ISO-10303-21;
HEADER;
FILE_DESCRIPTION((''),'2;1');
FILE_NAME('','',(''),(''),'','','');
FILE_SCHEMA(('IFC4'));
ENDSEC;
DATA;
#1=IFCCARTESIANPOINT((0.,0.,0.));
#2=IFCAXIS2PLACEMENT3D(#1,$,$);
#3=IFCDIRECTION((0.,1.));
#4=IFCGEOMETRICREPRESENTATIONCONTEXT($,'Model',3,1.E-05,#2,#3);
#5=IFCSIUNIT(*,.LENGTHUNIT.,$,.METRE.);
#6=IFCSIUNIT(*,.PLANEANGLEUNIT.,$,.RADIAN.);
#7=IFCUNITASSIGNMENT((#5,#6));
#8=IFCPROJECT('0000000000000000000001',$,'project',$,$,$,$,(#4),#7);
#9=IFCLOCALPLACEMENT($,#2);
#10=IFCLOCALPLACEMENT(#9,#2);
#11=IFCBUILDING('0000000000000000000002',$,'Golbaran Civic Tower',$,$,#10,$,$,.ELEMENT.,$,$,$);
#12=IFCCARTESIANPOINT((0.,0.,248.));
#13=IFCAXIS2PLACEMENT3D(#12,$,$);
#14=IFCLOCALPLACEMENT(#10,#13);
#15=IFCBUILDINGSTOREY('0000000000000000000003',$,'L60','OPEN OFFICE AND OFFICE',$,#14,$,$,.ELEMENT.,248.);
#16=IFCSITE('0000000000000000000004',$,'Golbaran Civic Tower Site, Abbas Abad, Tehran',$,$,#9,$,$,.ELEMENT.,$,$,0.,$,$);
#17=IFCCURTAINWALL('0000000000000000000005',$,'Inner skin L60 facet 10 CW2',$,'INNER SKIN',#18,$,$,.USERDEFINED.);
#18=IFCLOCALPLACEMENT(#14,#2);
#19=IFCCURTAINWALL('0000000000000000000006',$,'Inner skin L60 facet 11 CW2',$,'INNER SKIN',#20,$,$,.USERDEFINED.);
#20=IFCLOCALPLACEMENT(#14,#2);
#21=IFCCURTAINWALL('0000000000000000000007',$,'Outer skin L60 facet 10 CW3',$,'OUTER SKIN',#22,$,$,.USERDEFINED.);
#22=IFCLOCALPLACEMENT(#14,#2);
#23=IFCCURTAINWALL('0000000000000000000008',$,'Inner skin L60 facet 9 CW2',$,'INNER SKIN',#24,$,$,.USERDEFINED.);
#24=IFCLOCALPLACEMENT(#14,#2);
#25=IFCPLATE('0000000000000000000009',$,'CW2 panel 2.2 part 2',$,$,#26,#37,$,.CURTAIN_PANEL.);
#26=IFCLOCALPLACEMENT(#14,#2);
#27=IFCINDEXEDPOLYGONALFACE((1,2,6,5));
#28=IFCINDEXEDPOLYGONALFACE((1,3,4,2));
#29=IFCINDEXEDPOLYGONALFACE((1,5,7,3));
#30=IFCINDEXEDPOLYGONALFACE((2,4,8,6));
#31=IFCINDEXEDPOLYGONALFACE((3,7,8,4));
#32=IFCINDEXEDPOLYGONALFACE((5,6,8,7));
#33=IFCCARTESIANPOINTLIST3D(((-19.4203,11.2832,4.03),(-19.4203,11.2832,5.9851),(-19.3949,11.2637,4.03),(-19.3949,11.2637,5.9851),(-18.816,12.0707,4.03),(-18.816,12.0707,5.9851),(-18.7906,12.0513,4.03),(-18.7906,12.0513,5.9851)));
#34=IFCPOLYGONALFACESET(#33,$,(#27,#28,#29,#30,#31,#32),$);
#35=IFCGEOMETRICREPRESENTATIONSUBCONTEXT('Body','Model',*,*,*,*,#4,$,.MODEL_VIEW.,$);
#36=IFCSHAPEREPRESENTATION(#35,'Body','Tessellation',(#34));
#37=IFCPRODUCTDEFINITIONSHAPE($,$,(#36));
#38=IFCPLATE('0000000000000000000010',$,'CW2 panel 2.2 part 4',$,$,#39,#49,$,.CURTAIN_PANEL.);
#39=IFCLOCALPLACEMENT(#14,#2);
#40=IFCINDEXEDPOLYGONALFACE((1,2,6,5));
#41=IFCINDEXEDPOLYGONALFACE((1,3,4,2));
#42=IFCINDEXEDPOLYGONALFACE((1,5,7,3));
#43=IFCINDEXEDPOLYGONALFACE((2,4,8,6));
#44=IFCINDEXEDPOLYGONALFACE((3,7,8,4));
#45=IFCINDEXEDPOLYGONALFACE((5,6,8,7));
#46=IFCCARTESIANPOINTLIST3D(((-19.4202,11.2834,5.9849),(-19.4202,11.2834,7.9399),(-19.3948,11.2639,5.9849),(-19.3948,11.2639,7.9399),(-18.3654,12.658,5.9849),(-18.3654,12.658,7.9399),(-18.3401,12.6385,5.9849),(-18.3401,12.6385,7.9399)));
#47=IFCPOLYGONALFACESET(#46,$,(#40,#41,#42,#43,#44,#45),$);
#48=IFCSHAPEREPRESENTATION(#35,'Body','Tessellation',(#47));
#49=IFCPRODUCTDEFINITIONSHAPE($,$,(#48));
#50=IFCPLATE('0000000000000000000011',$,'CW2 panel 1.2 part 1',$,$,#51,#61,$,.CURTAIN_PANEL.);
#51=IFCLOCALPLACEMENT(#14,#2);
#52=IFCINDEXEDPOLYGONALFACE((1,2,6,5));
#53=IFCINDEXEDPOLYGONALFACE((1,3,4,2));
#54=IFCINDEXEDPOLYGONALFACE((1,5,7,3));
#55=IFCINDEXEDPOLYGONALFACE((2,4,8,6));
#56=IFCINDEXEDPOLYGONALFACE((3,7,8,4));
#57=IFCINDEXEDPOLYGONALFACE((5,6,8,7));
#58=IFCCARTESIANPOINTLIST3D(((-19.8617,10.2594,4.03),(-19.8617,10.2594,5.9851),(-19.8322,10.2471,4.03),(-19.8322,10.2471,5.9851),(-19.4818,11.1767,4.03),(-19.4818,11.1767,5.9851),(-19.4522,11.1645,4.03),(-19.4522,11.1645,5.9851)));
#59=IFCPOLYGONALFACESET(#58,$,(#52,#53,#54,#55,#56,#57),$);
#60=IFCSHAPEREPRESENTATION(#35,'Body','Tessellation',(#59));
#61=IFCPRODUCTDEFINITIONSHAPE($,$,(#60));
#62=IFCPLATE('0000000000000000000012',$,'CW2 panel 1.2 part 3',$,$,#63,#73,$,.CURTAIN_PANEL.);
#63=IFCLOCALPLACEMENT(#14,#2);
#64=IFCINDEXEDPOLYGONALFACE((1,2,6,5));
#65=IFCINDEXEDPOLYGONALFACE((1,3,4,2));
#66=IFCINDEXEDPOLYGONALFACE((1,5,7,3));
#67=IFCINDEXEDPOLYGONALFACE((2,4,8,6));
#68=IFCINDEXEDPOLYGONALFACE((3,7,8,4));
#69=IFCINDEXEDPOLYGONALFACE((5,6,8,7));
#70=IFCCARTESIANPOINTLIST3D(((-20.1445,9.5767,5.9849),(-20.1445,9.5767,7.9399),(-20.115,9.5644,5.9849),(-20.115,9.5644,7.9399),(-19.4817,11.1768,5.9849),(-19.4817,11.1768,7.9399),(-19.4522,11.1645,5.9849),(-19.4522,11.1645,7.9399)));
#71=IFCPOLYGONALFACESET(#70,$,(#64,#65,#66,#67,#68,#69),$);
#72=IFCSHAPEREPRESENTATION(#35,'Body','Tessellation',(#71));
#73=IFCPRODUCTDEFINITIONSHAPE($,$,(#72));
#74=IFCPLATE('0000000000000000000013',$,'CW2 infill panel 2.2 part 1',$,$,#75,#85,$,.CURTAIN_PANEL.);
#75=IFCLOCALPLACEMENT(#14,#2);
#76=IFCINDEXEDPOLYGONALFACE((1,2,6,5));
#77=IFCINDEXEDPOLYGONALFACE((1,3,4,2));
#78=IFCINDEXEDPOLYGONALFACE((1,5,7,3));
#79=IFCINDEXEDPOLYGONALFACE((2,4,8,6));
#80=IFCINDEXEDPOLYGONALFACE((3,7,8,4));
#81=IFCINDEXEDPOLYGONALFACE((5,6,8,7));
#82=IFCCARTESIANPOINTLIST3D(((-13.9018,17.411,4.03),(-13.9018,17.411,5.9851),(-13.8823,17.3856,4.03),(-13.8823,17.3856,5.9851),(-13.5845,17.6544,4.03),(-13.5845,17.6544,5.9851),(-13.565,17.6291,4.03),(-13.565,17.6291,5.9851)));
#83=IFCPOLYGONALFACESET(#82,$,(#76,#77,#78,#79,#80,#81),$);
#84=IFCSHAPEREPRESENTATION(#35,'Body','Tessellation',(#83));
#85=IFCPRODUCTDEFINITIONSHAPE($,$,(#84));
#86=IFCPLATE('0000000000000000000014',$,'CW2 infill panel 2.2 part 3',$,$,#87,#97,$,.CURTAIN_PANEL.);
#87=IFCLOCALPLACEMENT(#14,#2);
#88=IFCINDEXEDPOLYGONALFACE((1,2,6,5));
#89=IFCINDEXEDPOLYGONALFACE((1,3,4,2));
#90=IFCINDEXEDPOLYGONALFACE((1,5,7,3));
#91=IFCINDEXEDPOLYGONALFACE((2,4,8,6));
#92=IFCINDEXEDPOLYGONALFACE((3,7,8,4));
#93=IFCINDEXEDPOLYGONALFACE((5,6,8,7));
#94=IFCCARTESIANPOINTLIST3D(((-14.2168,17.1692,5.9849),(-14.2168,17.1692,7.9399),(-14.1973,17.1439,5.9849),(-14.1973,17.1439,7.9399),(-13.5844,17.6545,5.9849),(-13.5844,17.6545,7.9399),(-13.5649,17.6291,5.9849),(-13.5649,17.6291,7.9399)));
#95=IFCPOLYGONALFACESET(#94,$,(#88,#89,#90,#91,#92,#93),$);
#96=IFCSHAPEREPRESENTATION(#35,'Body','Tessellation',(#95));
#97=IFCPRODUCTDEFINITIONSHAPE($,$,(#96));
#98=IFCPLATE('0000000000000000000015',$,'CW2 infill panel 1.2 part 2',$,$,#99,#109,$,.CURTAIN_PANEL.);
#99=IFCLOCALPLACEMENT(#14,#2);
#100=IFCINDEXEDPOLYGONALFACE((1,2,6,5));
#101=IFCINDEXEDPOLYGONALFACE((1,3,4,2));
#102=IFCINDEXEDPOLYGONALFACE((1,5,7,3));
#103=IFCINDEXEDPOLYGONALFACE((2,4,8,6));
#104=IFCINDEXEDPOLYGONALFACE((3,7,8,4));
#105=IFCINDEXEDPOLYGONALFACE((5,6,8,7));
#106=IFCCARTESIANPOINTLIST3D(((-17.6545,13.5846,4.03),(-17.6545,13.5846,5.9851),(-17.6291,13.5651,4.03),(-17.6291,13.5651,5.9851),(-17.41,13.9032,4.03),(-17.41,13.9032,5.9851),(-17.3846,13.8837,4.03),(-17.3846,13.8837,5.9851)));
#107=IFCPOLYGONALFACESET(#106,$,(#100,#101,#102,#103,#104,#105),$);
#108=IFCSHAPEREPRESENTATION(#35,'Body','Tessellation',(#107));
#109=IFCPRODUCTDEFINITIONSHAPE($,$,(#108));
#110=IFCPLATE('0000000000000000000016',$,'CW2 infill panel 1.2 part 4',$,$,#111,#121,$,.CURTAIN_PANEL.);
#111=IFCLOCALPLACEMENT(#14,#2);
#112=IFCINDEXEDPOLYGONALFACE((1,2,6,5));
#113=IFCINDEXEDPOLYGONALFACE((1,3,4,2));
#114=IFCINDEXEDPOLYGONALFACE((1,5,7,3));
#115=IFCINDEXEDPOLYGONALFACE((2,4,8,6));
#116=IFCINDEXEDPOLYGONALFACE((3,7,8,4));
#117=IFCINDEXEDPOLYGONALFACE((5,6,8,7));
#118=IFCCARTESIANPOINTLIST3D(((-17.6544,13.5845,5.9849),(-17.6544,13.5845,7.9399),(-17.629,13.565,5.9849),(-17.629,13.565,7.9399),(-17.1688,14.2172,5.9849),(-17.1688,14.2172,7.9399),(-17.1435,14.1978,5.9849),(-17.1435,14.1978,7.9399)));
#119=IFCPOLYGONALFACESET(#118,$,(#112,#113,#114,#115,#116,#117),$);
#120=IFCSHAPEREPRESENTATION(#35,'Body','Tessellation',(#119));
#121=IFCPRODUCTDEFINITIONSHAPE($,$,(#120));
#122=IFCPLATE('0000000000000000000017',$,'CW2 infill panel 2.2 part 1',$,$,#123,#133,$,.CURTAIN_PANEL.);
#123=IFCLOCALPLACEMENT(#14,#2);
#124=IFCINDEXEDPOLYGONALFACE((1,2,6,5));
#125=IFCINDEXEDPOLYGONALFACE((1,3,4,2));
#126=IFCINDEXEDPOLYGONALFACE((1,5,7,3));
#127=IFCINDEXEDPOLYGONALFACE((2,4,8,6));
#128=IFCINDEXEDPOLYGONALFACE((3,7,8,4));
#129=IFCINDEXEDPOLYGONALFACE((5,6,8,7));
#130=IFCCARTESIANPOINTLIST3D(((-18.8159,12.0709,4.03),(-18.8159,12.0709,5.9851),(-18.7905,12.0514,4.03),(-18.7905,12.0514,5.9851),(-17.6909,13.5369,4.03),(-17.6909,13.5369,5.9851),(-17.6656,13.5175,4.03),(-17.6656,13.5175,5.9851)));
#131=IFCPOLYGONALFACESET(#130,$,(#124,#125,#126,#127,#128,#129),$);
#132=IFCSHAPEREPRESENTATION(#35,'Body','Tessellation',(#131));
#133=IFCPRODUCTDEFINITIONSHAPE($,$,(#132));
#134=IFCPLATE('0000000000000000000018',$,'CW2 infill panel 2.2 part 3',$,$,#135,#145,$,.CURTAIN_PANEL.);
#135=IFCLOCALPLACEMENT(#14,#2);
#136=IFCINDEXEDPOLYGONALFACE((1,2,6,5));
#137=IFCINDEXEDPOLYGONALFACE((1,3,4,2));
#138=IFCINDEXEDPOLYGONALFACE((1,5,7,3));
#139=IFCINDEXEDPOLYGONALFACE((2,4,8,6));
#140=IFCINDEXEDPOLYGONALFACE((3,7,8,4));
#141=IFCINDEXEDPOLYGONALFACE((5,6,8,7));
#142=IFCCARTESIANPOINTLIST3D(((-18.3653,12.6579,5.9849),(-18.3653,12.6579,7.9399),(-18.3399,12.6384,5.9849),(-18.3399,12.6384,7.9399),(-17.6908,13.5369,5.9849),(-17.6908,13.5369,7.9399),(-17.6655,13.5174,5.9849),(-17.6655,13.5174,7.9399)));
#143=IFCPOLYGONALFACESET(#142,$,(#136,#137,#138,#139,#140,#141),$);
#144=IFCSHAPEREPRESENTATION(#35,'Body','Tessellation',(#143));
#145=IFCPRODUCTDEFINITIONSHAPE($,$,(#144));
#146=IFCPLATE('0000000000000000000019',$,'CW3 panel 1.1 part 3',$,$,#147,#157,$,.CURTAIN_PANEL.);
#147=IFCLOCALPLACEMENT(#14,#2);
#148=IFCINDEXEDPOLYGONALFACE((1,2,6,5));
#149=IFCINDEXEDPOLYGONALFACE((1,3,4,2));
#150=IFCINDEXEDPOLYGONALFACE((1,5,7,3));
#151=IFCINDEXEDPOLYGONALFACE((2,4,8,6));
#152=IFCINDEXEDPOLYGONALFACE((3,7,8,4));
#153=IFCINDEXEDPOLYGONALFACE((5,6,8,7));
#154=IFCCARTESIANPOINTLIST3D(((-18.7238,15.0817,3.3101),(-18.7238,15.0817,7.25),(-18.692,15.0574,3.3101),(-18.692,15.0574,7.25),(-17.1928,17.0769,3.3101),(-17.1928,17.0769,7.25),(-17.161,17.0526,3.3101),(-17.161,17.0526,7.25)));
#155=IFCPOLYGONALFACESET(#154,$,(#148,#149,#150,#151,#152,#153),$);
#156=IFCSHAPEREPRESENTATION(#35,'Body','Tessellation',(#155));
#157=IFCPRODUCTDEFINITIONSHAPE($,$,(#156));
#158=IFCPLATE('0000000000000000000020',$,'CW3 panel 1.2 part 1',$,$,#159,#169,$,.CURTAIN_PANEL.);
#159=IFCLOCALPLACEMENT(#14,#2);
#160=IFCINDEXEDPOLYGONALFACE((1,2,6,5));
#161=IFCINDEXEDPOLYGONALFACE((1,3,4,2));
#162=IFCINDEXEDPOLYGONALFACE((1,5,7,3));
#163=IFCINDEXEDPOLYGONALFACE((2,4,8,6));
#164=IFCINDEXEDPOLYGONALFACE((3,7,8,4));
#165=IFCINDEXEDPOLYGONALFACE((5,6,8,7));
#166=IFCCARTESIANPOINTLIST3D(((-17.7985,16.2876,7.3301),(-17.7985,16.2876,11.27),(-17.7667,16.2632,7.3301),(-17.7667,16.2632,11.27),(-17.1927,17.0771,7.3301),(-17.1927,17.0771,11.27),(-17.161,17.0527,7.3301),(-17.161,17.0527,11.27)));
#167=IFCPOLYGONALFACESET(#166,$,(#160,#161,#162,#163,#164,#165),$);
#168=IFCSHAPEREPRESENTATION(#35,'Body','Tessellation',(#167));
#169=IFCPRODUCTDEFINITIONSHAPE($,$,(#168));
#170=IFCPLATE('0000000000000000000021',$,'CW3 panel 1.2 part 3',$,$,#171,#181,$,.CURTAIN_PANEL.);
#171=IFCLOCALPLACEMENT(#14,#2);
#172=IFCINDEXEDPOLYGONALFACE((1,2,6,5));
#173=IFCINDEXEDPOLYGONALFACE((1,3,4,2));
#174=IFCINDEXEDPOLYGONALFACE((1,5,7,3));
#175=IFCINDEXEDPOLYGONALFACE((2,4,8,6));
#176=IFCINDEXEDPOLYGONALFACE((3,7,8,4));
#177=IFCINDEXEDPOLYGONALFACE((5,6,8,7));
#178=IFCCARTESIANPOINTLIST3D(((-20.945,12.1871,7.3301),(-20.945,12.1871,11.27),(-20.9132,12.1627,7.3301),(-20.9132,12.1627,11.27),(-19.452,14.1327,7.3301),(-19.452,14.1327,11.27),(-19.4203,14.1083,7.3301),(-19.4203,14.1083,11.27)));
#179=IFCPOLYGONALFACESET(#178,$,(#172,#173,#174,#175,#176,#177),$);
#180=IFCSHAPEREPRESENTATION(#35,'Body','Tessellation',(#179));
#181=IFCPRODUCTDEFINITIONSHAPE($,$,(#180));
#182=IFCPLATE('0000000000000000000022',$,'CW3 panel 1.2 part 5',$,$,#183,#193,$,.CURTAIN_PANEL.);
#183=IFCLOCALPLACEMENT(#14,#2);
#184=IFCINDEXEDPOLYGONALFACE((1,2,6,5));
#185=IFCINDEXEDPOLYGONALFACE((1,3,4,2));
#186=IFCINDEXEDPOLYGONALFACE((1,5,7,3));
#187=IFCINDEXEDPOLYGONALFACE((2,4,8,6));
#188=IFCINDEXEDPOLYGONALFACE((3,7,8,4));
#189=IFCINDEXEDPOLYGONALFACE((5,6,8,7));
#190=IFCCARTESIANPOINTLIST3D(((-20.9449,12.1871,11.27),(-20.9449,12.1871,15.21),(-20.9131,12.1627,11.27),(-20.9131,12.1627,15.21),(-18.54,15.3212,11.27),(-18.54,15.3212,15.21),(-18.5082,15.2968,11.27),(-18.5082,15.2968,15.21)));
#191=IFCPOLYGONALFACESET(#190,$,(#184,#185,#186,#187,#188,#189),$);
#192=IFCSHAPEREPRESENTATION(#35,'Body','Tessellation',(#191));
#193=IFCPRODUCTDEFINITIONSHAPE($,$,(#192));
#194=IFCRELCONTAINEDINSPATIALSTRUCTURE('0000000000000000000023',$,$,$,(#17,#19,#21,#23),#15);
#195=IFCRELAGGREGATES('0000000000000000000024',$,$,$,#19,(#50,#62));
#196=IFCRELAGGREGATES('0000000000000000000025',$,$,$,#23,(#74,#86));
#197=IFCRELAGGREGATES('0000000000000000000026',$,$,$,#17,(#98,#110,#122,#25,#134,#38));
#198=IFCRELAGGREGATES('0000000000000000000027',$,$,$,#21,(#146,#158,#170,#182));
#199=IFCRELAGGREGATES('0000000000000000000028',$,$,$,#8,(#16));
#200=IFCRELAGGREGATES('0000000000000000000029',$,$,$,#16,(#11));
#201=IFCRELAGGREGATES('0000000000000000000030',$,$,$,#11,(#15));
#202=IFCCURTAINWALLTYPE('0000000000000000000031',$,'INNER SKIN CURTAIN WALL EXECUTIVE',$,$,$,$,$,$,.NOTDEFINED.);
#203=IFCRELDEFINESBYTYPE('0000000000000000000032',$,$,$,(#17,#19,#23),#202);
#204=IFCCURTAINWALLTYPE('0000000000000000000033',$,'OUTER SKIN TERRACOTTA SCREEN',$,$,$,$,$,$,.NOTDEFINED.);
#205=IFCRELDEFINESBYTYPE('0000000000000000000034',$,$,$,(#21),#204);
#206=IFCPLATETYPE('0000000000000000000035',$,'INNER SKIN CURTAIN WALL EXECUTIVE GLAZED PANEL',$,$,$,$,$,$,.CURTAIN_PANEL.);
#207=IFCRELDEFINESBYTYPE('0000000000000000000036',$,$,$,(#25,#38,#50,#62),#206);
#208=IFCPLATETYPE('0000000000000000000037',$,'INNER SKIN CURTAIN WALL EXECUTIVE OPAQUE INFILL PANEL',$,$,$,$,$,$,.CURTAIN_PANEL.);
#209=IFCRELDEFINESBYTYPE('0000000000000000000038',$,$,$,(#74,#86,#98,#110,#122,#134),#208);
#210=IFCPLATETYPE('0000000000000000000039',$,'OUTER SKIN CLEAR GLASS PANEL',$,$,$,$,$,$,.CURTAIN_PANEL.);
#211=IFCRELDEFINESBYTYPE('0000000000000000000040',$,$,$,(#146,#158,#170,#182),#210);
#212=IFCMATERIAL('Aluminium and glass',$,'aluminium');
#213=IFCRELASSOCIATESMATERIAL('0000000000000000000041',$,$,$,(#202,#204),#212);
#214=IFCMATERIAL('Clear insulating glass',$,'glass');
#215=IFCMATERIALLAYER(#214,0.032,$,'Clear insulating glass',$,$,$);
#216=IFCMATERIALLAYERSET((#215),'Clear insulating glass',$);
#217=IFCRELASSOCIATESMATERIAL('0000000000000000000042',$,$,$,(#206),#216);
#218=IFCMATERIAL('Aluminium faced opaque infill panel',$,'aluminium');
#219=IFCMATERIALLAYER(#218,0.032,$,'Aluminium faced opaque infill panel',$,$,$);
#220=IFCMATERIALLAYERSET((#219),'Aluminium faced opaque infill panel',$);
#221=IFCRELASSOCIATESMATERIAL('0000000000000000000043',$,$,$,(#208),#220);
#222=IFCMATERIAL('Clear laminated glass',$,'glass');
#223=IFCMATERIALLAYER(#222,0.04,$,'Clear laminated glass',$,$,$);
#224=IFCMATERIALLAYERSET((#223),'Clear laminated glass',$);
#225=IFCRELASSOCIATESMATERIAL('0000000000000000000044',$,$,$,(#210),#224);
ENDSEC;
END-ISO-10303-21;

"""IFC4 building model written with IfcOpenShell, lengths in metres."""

from ifc_helpers import new_model, si_unit, direction, frame, origin, origin_2d, place, context, subcontext, project, spatial, rectangle, extrude, material, layer, layer_set, type_object, element, aggregate, save


model = new_model("IFC4")

# Units and contexts
model_context = context("Model", 3, precision=1e-05, world=origin(), true_north=direction((0.0, 1.0)))
body_context = subcontext(model_context, "Body", "Model", "MODEL_VIEW")
ifc_project = project(units=[si_unit("LENGTHUNIT", "METRE"), si_unit("PLANEANGLEUNIT", "RADIAN")], contexts=[model_context])

# Site, building, storey
site_placement = place(None, origin())
site = spatial("IfcSite", under=ifc_project, at=site_placement, Name="Golbaran Civic Tower Site, Abbas Abad, Tehran", CompositionType="ELEMENT", RefElevation=0.0)
building_placement = place(site_placement, origin())
building = spatial("IfcBuilding", under=site, at=building_placement, Name="Golbaran Civic Tower", CompositionType="ELEMENT")
storey_placement = place(building_placement, frame((0.0, 0.0, 248.0)))
storey = spatial("IfcBuildingStorey", under=building, at=storey_placement, Name="L60", Description="OPEN OFFICE AND OFFICE", CompositionType="ELEMENT", Elevation=248.0)

# Curtain walls
ifc_material_1 = material(Name="Aluminium and glass", Category="aluminium")
curtain_wall_type_1 = type_object("IfcCurtainWallType", Name="INNER SKIN CURTAIN WALL EXECUTIVE", PredefinedType="NOTDEFINED", material=ifc_material_1)
curtain_wall_1_placement = place(storey_placement, origin())
curtain_wall_1 = element("IfcCurtainWall", 1, at=curtain_wall_1_placement, inside=storey, type_object=curtain_wall_type_1, Name="Inner skin L60 facet 10 CW2", ObjectType="INNER SKIN", PredefinedType="USERDEFINED")
curtain_wall_2_placement = place(storey_placement, origin())
curtain_wall_2 = element("IfcCurtainWall", 2, at=curtain_wall_2_placement, inside=storey, type_object=curtain_wall_type_1, Name="Inner skin L60 facet 11 CW2", ObjectType="INNER SKIN", PredefinedType="USERDEFINED")
curtain_wall_type_2 = type_object("IfcCurtainWallType", Name="OUTER SKIN TERRACOTTA SCREEN", PredefinedType="NOTDEFINED", material=ifc_material_1)
curtain_wall_3_placement = place(storey_placement, origin())
curtain_wall_3 = element("IfcCurtainWall", 3, at=curtain_wall_3_placement, inside=storey, type_object=curtain_wall_type_2, Name="Outer skin L60 facet 10 CW3", ObjectType="OUTER SKIN", PredefinedType="USERDEFINED")

# Curtain wall
curtain_wall_4_placement = place(storey_placement, origin())
curtain_wall_4 = element("IfcCurtainWall", 4, at=curtain_wall_4_placement, inside=storey, type_object=curtain_wall_type_1, Name="Inner skin L60 facet 9 CW2", ObjectType="INNER SKIN", PredefinedType="USERDEFINED")
ifc_material_2 = material(Name="Clear insulating glass", Category="glass")
ifc_layer_1 = layer(ifc_material_2, 0.032, Name="Clear insulating glass")
ifc_layer_set_1 = layer_set([ifc_layer_1], Name="Clear insulating glass")
plate_type_1 = type_object("IfcPlateType", Name="INNER SKIN CURTAIN WALL EXECUTIVE GLAZED PANEL", PredefinedType="CURTAIN_PANEL", material=ifc_layer_set_1)

# Plates
plate_1_placement = place(storey_placement, frame((-19.1055, 11.6672, 4.03), z_axis=(0.0, 0.0, 1.0), x_axis=(-0.608761, -0.793353, 0.0)))
plate_1 = element("IfcPlate", 5, at=plate_1_placement, type_object=plate_type_1, Name="CW2 panel 2.2 part 2", PredefinedType="CURTAIN_PANEL", context=body_context, shape_type="SweptSolid", body=[
    extrude(rectangle(XDim=0.9927, YDim=0.032, at=origin_2d()), origin(), (0.0, 0.0, 1.0), 1.9551),
])
plate_2_placement = place(storey_placement, frame((-18.8801, 11.9609, 5.9849), z_axis=(0.0, 0.0, 1.0), x_axis=(-0.608761, -0.793353, 0.0)))
plate_2 = element("IfcPlate", 6, at=plate_2_placement, type_object=plate_type_1, Name="CW2 panel 2.2 part 4", PredefinedType="CURTAIN_PANEL", context=body_context, shape_type="SweptSolid", body=[
    extrude(rectangle(XDim=1.7327, YDim=0.032, at=origin_2d()), origin(), (0.0, 0.0, 1.0), 1.9551),
])
plate_3_placement = place(storey_placement, frame((-19.657, 10.7119, 4.03), z_axis=(0.0, 0.0, 1.0), x_axis=(-0.382683, -0.92388, 0.0)))
plate_3 = element("IfcPlate", 7, at=plate_3_placement, type_object=plate_type_1, Name="CW2 panel 1.2 part 1", PredefinedType="CURTAIN_PANEL", context=body_context, shape_type="SweptSolid", body=[
    extrude(rectangle(XDim=0.9929, YDim=0.032, at=origin_2d()), origin(), (0.0, 0.0, 1.0), 1.9551),
])
plate_4_placement = place(storey_placement, frame((-19.7983, 10.3706, 5.9849), z_axis=(0.0, 0.0, 1.0), x_axis=(-0.382683, -0.92388, 0.0)))
plate_4 = element("IfcPlate", 8, at=plate_4_placement, type_object=plate_type_1, Name="CW2 panel 1.2 part 3", PredefinedType="CURTAIN_PANEL", context=body_context, shape_type="SweptSolid", body=[
    extrude(rectangle(XDim=1.7319, YDim=0.032, at=origin_2d()), origin(), (0.0, 0.0, 1.0), 1.9551),
])
aggregate(curtain_wall_2, [plate_3, plate_4])
ifc_material_3 = material(Name="Aluminium faced opaque infill panel", Category="aluminium")
ifc_layer_2 = layer(ifc_material_3, 0.032, Name="Aluminium faced opaque infill panel")
ifc_layer_set_2 = layer_set([ifc_layer_2], Name="Aluminium faced opaque infill panel")
plate_type_2 = type_object("IfcPlateType", Name="INNER SKIN CURTAIN WALL EXECUTIVE OPAQUE INFILL PANEL", PredefinedType="CURTAIN_PANEL", material=ifc_layer_set_2)
plate_5_placement = place(storey_placement, frame((-13.7334, 17.52, 4.03), z_axis=(0.0, 0.0, 1.0), x_axis=(-0.793353, -0.608761, 0.0)))
plate_5 = element("IfcPlate", 9, at=plate_5_placement, type_object=plate_type_2, Name="CW2 infill panel 2.2 part 1", PredefinedType="CURTAIN_PANEL", context=body_context, shape_type="SweptSolid", body=[
    extrude(rectangle(XDim=0.3999, YDim=0.032, at=origin_2d()), origin(), (0.0, 0.0, 1.0), 1.9551),
])
plate_6_placement = place(storey_placement, frame((-13.8909, 17.3992, 5.9849), z_axis=(0.0, 0.0, 1.0), x_axis=(-0.793353, -0.608761, 0.0)))
plate_6 = element("IfcPlate", 10, at=plate_6_placement, type_object=plate_type_2, Name="CW2 infill panel 2.2 part 3", PredefinedType="CURTAIN_PANEL", context=body_context, shape_type="SweptSolid", body=[
    extrude(rectangle(XDim=0.7971, YDim=0.032, at=origin_2d()), origin(), (0.0, 0.0, 1.0), 1.9551),
])
aggregate(curtain_wall_4, [plate_5, plate_6])
plate_7_placement = place(storey_placement, frame((-17.5195, 13.7341, 4.03), z_axis=(0.0, 0.0, 1.0), x_axis=(-0.608761, -0.793353, 0.0)))
plate_7 = element("IfcPlate", 11, at=plate_7_placement, type_object=plate_type_2, Name="CW2 infill panel 1.2 part 2", PredefinedType="CURTAIN_PANEL", context=body_context, shape_type="SweptSolid", body=[
    extrude(rectangle(XDim=0.4016, YDim=0.032, at=origin_2d()), origin(), (0.0, 0.0, 1.0), 1.9551),
])
plate_8_placement = place(storey_placement, frame((-17.3989, 13.8911, 5.9849), z_axis=(0.0, 0.0, 1.0), x_axis=(-0.608761, -0.793353, 0.0)))
plate_8 = element("IfcPlate", 12, at=plate_8_placement, type_object=plate_type_2, Name="CW2 infill panel 1.2 part 4", PredefinedType="CURTAIN_PANEL", context=body_context, shape_type="SweptSolid", body=[
    extrude(rectangle(XDim=0.7976, YDim=0.032, at=origin_2d()), origin(), (0.0, 0.0, 1.0), 1.9551),
])
plate_9_placement = place(storey_placement, frame((-18.2407, 12.7942, 4.03), z_axis=(0.0, 0.0, 1.0), x_axis=(-0.608761, -0.793353, 0.0)))
plate_9 = element("IfcPlate", 13, at=plate_9_placement, type_object=plate_type_2, Name="CW2 infill panel 2.2 part 1", PredefinedType="CURTAIN_PANEL", context=body_context, shape_type="SweptSolid", body=[
    extrude(rectangle(XDim=1.8479, YDim=0.032, at=origin_2d()), origin(), (0.0, 0.0, 1.0), 1.9551),
])
plate_10_placement = place(storey_placement, frame((-18.0154, 13.0876, 5.9849), z_axis=(0.0, 0.0, 1.0), x_axis=(-0.608761, -0.793353, 0.0)))
plate_10 = element("IfcPlate", 14, at=plate_10_placement, type_object=plate_type_2, Name="CW2 infill panel 2.2 part 3", PredefinedType="CURTAIN_PANEL", context=body_context, shape_type="SweptSolid", body=[
    extrude(rectangle(XDim=1.1079, YDim=0.032, at=origin_2d()), origin(), (0.0, 0.0, 1.0), 1.9551),
])
aggregate(curtain_wall_1, [plate_7, plate_8, plate_9, plate_1, plate_10, plate_2])
ifc_material_4 = material(Name="Clear laminated glass", Category="glass")
ifc_layer_3 = layer(ifc_material_4, 0.04, Name="Clear laminated glass")
ifc_layer_set_3 = layer_set([ifc_layer_3], Name="Clear laminated glass")
plate_type_3 = type_object("IfcPlateType", Name="OUTER SKIN CLEAR GLASS PANEL", PredefinedType="CURTAIN_PANEL", material=ifc_layer_set_3)
plate_11_placement = place(storey_placement, frame((-17.9424, 16.0671, 3.3101), z_axis=(0.0, 0.0, 1.0), x_axis=(-0.608761, -0.793353, 0.0)))
plate_11 = element("IfcPlate", 15, at=plate_11_placement, type_object=plate_type_3, Name="CW3 panel 1.1 part 3", PredefinedType="CURTAIN_PANEL", context=body_context, shape_type="SweptSolid", body=[
    extrude(rectangle(XDim=2.5149, YDim=0.04, at=origin_2d()), origin(), (0.0, 0.0, 1.0), 3.9399),
])
plate_12_placement = place(storey_placement, frame((-17.4797, 16.6702, 7.3301), z_axis=(0.0, 0.0, 1.0), x_axis=(-0.608761, -0.793353, 0.0)))
plate_12 = element("IfcPlate", 16, at=plate_12_placement, type_object=plate_type_3, Name="CW3 panel 1.2 part 1", PredefinedType="CURTAIN_PANEL", context=body_context, shape_type="SweptSolid", body=[
    extrude(rectangle(XDim=0.9951, YDim=0.04, at=origin_2d()), origin(), (0.0, 0.0, 1.0), 3.9399),
])
plate_13_placement = place(storey_placement, frame((-20.1826, 13.1477, 7.3301), z_axis=(0.0, 0.0, 1.0), x_axis=(-0.608761, -0.793353, 0.0)))
plate_13 = element("IfcPlate", 17, at=plate_13_placement, type_object=plate_type_3, Name="CW3 panel 1.2 part 3", PredefinedType="CURTAIN_PANEL", context=body_context, shape_type="SweptSolid", body=[
    extrude(rectangle(XDim=2.4524, YDim=0.04, at=origin_2d()), origin(), (0.0, 0.0, 1.0), 3.9399),
])
plate_14_placement = place(storey_placement, frame((-19.7266, 13.7419, 11.27), z_axis=(0.0, 0.0, 1.0), x_axis=(-0.608761, -0.793353, 0.0)))
plate_14 = element("IfcPlate", 18, at=plate_14_placement, type_object=plate_type_3, Name="CW3 panel 1.2 part 5", PredefinedType="CURTAIN_PANEL", context=body_context, shape_type="SweptSolid", body=[
    extrude(rectangle(XDim=3.9504, YDim=0.04, at=origin_2d()), origin(), (0.0, 0.0, 1.0), 3.9399),
])
aggregate(curtain_wall_3, [plate_11, plate_12, plate_13, plate_14])

save(model, "model.ifc")
